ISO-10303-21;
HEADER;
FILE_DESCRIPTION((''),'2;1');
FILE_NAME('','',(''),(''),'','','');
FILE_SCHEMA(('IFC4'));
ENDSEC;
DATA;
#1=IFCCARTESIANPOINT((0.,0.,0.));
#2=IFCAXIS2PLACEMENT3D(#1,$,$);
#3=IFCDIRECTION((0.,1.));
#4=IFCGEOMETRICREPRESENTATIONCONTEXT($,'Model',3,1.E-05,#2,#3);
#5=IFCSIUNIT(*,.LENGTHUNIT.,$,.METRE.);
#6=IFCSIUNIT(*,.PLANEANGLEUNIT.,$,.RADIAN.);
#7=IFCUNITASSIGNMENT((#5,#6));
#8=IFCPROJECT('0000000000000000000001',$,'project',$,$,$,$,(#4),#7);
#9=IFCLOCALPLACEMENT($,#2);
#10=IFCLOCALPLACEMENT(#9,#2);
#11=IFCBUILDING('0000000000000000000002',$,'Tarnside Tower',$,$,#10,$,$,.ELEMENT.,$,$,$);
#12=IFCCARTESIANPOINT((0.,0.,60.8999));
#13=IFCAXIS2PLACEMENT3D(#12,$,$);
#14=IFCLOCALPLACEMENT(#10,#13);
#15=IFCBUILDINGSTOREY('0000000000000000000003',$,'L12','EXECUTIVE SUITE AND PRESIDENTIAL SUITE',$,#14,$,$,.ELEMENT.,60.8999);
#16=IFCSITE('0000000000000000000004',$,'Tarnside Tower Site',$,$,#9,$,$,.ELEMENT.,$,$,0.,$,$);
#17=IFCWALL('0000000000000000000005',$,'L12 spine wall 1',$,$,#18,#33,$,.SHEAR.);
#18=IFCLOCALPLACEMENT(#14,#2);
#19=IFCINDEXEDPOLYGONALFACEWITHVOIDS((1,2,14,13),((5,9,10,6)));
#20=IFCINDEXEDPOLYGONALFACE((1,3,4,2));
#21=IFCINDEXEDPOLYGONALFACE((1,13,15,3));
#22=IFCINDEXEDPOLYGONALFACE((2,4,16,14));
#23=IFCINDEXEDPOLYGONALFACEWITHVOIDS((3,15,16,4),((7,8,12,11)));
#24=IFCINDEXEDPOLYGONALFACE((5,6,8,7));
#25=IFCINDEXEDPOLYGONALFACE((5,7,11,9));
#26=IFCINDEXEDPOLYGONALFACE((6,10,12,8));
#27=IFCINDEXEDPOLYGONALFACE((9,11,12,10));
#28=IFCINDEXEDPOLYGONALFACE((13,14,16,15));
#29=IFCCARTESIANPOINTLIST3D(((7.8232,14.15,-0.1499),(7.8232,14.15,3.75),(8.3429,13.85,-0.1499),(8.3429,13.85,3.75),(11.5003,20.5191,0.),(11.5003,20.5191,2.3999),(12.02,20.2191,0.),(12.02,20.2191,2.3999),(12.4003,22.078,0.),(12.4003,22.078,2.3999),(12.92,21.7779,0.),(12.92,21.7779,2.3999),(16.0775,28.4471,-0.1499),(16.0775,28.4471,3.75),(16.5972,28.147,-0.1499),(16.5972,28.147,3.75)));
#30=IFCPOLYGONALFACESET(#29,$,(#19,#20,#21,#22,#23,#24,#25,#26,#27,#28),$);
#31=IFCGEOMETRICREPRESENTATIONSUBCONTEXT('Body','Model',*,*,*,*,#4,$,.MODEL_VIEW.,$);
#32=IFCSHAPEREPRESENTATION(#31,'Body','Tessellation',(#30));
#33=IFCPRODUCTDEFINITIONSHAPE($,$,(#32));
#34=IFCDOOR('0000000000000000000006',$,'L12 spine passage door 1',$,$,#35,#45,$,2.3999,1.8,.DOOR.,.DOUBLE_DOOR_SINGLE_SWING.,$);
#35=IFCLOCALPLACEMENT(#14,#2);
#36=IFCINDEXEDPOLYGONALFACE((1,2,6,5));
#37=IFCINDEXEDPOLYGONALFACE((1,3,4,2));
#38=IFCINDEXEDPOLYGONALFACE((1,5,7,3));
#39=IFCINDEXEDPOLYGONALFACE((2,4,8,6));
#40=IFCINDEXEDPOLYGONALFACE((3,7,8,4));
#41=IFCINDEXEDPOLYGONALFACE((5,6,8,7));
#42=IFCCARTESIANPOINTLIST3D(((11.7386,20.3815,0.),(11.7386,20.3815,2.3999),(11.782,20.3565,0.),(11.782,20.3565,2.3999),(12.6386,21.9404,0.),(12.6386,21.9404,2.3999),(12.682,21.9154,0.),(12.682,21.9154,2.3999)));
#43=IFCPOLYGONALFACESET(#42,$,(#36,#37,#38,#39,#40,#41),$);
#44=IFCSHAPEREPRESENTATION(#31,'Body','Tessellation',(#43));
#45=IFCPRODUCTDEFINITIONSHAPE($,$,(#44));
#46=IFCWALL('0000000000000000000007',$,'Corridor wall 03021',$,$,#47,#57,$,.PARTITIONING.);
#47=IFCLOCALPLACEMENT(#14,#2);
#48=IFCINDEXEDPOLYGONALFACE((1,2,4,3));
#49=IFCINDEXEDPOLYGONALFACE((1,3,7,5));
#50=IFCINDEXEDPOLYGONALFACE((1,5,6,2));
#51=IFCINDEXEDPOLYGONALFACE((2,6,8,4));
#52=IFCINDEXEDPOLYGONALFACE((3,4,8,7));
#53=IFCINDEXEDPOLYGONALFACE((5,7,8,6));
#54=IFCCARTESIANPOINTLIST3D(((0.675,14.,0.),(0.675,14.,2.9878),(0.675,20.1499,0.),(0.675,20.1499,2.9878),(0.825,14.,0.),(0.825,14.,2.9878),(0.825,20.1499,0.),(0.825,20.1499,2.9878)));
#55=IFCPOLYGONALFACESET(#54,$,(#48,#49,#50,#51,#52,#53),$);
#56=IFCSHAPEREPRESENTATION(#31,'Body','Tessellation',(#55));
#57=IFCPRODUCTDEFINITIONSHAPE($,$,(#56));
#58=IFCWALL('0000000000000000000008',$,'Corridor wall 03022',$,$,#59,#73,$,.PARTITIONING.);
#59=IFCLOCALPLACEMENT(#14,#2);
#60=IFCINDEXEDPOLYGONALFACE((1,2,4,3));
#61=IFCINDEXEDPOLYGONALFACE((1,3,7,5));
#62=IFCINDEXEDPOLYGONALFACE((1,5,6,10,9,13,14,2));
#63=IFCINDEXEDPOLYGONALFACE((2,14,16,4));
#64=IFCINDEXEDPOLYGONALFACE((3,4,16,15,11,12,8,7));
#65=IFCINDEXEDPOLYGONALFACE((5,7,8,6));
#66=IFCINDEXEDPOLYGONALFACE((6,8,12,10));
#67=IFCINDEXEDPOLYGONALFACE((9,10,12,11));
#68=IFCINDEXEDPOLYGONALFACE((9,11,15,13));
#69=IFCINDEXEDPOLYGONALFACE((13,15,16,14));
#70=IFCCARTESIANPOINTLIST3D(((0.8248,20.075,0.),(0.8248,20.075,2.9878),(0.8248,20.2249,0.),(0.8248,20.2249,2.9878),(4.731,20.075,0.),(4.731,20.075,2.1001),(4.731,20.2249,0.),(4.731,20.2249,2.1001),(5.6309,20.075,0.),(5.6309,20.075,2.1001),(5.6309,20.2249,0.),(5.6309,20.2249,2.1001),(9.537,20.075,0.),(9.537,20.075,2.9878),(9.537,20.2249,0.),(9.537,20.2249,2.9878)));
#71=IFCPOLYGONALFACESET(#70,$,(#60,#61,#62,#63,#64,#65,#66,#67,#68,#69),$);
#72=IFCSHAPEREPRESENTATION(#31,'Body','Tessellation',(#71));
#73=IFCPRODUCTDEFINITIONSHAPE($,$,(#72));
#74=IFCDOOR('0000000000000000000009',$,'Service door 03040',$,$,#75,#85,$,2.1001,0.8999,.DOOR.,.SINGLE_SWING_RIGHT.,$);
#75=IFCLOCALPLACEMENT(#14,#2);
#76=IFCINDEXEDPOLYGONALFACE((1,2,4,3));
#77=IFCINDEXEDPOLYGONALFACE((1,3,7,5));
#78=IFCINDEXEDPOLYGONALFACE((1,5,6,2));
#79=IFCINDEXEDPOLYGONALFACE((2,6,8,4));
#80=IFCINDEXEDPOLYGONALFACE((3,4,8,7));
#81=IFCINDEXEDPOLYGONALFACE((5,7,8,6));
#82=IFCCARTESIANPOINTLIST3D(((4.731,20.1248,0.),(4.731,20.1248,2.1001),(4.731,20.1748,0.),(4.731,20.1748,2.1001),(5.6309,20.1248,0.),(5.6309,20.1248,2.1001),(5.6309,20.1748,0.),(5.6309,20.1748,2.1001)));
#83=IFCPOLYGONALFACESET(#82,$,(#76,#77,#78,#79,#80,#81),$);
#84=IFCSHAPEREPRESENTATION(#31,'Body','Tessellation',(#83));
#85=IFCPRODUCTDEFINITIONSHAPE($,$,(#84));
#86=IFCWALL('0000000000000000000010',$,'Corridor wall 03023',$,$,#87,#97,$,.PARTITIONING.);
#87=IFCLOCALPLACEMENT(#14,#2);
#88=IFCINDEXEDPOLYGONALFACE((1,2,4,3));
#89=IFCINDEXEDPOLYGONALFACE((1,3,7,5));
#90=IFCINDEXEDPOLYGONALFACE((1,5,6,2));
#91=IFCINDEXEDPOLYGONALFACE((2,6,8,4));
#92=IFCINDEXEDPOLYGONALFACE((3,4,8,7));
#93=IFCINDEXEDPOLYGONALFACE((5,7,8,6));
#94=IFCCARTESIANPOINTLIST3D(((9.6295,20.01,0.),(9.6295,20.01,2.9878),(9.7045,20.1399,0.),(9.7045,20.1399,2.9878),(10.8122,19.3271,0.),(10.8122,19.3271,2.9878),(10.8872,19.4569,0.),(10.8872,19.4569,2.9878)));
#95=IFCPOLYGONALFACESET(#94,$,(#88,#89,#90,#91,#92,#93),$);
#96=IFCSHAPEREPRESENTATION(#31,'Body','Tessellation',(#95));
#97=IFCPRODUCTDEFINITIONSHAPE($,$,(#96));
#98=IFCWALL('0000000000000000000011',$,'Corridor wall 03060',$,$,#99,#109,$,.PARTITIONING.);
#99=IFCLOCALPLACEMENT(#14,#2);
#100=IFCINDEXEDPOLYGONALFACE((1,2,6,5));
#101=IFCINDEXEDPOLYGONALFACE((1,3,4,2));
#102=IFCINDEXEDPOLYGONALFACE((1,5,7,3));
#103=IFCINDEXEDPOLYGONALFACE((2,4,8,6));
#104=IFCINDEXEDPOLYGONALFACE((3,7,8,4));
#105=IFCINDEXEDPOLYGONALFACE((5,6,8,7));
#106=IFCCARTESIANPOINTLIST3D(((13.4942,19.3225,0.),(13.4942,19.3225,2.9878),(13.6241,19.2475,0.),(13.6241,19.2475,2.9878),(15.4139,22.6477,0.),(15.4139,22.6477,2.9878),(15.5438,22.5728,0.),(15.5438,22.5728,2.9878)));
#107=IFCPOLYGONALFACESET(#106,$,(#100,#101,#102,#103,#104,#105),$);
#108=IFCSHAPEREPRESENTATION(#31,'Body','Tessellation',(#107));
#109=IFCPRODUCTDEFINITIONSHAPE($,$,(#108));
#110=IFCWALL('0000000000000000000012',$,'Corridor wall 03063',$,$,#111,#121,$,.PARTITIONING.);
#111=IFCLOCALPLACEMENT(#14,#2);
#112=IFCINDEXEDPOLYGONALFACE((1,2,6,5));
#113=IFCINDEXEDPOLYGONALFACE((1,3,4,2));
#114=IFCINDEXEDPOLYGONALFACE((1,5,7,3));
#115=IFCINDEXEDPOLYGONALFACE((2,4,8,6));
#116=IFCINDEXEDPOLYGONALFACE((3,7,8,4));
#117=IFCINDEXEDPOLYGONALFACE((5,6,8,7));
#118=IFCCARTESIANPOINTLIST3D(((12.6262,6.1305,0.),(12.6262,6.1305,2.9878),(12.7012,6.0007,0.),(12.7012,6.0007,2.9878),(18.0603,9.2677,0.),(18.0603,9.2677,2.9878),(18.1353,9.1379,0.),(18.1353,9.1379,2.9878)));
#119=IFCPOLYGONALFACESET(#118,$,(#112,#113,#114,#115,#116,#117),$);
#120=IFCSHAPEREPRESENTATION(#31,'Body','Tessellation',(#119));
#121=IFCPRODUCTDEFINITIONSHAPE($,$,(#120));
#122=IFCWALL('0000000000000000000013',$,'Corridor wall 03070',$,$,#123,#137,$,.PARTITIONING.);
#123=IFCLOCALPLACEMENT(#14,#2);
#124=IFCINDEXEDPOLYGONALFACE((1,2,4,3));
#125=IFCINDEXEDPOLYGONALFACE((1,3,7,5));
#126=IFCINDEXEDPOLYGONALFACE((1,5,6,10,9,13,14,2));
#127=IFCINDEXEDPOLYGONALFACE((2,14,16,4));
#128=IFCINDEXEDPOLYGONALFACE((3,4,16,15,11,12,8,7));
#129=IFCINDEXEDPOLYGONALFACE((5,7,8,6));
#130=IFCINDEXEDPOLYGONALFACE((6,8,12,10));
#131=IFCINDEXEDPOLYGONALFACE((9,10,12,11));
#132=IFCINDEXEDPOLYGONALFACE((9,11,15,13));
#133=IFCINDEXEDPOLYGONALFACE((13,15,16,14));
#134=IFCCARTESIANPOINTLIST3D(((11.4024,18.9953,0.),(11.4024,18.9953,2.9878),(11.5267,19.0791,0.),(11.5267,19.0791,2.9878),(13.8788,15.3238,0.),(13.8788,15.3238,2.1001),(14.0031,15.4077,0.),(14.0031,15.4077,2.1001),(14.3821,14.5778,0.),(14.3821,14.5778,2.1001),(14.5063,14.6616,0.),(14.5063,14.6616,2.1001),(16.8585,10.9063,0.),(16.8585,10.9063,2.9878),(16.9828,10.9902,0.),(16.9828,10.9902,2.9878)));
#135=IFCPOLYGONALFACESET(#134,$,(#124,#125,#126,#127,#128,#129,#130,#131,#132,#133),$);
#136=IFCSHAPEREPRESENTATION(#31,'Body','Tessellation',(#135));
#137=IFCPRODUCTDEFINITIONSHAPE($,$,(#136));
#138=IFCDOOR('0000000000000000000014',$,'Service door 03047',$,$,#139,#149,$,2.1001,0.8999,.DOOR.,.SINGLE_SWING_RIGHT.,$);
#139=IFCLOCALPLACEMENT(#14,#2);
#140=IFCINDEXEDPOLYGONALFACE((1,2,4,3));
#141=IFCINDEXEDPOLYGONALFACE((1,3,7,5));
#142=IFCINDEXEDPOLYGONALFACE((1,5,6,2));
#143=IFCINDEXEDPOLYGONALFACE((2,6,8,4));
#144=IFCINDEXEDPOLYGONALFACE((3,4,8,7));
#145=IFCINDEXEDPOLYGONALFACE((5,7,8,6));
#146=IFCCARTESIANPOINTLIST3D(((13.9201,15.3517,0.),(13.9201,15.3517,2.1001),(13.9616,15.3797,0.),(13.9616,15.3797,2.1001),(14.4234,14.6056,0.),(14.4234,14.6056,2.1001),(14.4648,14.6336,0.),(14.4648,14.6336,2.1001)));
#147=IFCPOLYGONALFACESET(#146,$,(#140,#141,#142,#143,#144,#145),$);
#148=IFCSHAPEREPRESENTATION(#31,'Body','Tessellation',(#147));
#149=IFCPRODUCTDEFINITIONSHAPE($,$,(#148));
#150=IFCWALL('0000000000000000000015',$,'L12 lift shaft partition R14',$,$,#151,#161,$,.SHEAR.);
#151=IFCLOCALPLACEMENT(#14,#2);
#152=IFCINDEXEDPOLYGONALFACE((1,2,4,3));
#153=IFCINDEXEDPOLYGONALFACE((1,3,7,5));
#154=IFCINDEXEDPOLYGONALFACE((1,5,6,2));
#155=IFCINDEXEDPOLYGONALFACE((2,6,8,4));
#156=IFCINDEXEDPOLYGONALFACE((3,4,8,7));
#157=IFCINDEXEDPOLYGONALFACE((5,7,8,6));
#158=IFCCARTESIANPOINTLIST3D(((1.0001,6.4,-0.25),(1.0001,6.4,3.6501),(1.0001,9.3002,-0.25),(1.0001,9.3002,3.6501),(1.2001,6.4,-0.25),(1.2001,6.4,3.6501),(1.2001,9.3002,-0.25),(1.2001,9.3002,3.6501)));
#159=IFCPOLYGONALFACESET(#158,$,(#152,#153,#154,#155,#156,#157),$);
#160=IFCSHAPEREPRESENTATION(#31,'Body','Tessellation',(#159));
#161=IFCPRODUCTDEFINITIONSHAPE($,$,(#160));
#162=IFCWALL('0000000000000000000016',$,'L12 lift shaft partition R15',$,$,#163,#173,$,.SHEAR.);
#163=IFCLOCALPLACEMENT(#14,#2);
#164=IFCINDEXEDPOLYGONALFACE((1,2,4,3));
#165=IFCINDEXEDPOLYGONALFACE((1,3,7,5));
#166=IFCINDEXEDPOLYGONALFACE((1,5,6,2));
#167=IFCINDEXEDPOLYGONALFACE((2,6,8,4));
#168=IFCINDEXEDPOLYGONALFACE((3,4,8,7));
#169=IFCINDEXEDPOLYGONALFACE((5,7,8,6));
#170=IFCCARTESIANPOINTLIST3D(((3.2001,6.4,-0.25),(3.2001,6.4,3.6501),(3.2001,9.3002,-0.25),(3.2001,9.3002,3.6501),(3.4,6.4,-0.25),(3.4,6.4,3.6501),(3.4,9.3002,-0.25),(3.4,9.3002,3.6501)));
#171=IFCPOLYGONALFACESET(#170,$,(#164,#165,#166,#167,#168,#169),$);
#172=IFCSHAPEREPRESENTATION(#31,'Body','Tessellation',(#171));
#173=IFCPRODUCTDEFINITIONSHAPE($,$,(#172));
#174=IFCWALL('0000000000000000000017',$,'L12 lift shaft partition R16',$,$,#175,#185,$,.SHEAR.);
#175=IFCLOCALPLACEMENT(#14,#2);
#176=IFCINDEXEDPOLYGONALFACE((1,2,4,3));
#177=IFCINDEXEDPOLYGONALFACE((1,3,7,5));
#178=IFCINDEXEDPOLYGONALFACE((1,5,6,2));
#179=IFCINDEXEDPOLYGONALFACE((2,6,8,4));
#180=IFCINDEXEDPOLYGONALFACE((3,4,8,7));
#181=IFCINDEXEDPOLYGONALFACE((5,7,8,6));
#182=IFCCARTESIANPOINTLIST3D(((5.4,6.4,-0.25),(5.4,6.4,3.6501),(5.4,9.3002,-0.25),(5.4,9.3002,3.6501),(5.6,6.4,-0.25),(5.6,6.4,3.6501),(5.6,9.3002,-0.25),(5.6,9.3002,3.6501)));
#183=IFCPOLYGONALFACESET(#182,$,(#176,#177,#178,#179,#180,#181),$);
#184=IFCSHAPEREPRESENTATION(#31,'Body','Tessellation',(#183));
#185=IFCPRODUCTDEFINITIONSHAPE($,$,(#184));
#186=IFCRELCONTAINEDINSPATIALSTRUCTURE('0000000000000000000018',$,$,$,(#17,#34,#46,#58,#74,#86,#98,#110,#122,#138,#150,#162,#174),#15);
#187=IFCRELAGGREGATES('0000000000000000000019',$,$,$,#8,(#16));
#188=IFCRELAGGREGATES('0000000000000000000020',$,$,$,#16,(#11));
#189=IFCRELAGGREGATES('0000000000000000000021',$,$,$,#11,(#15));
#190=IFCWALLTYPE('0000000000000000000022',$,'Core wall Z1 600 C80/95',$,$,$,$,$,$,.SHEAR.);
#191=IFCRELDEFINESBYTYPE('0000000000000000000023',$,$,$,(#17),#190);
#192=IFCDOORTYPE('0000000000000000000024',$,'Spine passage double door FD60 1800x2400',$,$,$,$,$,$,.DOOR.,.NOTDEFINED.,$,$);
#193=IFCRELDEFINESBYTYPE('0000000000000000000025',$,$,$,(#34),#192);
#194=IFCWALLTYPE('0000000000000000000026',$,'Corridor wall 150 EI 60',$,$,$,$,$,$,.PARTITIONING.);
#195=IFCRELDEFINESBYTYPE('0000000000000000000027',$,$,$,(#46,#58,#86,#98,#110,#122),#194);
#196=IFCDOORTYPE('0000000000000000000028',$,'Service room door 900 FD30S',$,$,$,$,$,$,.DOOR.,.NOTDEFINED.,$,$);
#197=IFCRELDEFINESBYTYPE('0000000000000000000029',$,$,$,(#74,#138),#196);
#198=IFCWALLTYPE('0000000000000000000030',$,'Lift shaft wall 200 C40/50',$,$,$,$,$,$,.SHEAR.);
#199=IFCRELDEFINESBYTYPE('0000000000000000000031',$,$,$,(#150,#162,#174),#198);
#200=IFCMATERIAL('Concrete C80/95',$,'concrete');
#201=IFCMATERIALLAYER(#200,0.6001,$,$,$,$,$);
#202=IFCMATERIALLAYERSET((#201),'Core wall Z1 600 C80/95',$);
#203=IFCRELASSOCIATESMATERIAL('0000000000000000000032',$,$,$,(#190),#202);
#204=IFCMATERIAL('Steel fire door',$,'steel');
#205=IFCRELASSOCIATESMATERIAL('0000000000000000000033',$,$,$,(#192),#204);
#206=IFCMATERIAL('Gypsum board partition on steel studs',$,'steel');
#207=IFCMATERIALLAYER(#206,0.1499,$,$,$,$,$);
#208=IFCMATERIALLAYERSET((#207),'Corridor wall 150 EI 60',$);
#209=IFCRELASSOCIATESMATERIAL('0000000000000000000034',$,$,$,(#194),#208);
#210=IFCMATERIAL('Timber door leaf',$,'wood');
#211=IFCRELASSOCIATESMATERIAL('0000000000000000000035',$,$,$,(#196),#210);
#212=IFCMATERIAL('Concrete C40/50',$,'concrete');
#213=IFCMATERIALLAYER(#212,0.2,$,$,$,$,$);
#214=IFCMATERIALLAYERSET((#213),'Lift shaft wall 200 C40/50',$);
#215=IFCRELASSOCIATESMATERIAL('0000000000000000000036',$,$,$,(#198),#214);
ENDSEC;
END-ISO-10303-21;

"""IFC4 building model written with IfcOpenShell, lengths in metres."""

from ifc_helpers import new_model, si_unit, direction, frame, frame_2d, origin, place, context, subcontext, project, spatial, rectangle, extrude, material, layer, layer_set, type_object, element, fill, save


model = new_model("IFC4")

# Units and contexts
model_context = context("Model", 3, precision=1e-05, world=origin(), true_north=direction((0.0, 1.0)))
body_context = subcontext(model_context, "Body", "Model", "MODEL_VIEW")
ifc_project = project(units=[si_unit("LENGTHUNIT", "METRE"), si_unit("PLANEANGLEUNIT", "RADIAN")], contexts=[model_context])

# Site, building, storey
site_placement = place(None, origin())
site = spatial("IfcSite", under=ifc_project, at=site_placement, Name="Tarnside Tower Site", CompositionType="ELEMENT", RefElevation=0.0)
building_placement = place(site_placement, origin())
building = spatial("IfcBuilding", under=site, at=building_placement, Name="Tarnside Tower", CompositionType="ELEMENT")
storey_placement = place(building_placement, frame((0.0, 0.0, 60.8999)))
storey = spatial("IfcBuildingStorey", under=building, at=storey_placement, Name="L12", Description="EXECUTIVE SUITE AND PRESIDENTIAL SUITE", CompositionType="ELEMENT", Elevation=60.8999)

# Shared definitions
ifc_material_1 = material(Name="Concrete C40/50", Category="concrete")

# Shared definitions
ifc_material_2 = material(Name="Gypsum board partition on steel studs", Category="steel")
ifc_material_3 = material(Name="Timber door leaf", Category="wood")
ifc_material_4 = material(Name="Steel fire door", Category="steel")

# Wall, opening, door
ifc_material_5 = material(Name="Concrete C80/95", Category="concrete")
ifc_layer_1 = layer(ifc_material_5, 0.6001)
ifc_layer_set_1 = layer_set([ifc_layer_1], Name="Core wall Z1 600 C80/95")
wall_type_1 = type_object("IfcWallType", Name="Core wall Z1 600 C80/95", PredefinedType="SHEAR", material=ifc_layer_set_1)
wall_1_placement = place(storey_placement, frame((8.083, 14.0, -0.1499), z_axis=(0.0, 0.0, 1.0), x_axis=(0.499998, 0.866027, 0.0)))
wall_1 = element("IfcWall", 1, at=wall_1_placement, inside=storey, type_object=wall_type_1, Name="L12 spine wall 1", PredefinedType="SHEAR", context=body_context, shape_type="SweptSolid", body=[
    extrude(rectangle(XDim=16.5088, YDim=0.6001, at=frame_2d((8.2544, 0.0))), origin(), (0.0, 0.0, 1.0), 3.8999),
])
opening_1_placement = place(wall_1_placement, frame((7.3545, 0.0, 0.1499)))
opening_1 = element("IfcOpeningElement", 2, at=opening_1_placement, cuts=wall_1, PredefinedType="OPENING", context=body_context, shape_type="SweptSolid", body=[
    extrude(rectangle(XDim=1.8, YDim=2.3999, at=frame_2d((0.8999, 1.2))), frame((0.0, 0.3101, 0.0), z_axis=(0.0, -1.0, 0.0), x_axis=(1.0, 0.0, 0.0)), (0.0, 0.0, 1.0), 0.6201),
])
door_type_1 = type_object("IfcDoorType", Name="Spine passage double door FD60 1800x2400", OperationType="NOTDEFINED", PredefinedType="DOOR", material=ifc_material_4)
door_1_placement = place(opening_1_placement, origin())
door_1 = element("IfcDoor", 3, at=door_1_placement, inside=storey, type_object=door_type_1, Name="L12 spine passage door 1", OperationType="DOUBLE_DOOR_SINGLE_SWING", OverallHeight=2.3999, OverallWidth=1.8, PredefinedType="DOOR", context=body_context, shape_type="SweptSolid", body=[
    extrude(rectangle(XDim=1.8, YDim=2.3999, at=frame_2d((0.8999, 1.2))), frame((0.0, 0.0249, 0.0), z_axis=(0.0, -1.0, 0.0), x_axis=(1.0, 0.0, 0.0)), (0.0, 0.0, 1.0), 0.05),
])
fill(opening_1, door_1)

# Wall
ifc_layer_2 = layer(ifc_material_2, 0.1499)
ifc_layer_set_2 = layer_set([ifc_layer_2], Name="Corridor wall 150 EI 60")
wall_type_2 = type_object("IfcWallType", Name="Corridor wall 150 EI 60", PredefinedType="PARTITIONING", material=ifc_layer_set_2)
wall_2_placement = place(storey_placement, frame((0.75, 14.0, 0.0), z_axis=(0.0, 0.0, 1.0), x_axis=(0.0, 1.0, 0.0)))
element("IfcWall", 4, at=wall_2_placement, inside=storey, type_object=wall_type_2, Name="Corridor wall 03021", PredefinedType="PARTITIONING", context=body_context, shape_type="SweptSolid", body=[
    extrude(rectangle(XDim=6.1499, YDim=0.1499, at=frame_2d((3.075, 0.0))), origin(), (0.0, 0.0, 1.0), 2.9878),
])

# Wall, opening, door
wall_3_placement = place(storey_placement, frame((0.825, 20.1499, 0.0), z_axis=(0.0, 0.0, 1.0), x_axis=(1.0, 0.0, 0.0)))
wall_3 = element("IfcWall", 5, at=wall_3_placement, inside=storey, type_object=wall_type_2, Name="Corridor wall 03022", PredefinedType="PARTITIONING", context=body_context, shape_type="SweptSolid", body=[
    extrude(rectangle(XDim=8.7122, YDim=0.1499, at=frame_2d((4.356, 0.0))), origin(), (0.0, 0.0, 1.0), 2.9878),
])
opening_2_placement = place(wall_3_placement, frame((3.906, 0.0, 0.0)))
opening_2 = element("IfcOpeningElement", 6, at=opening_2_placement, cuts=wall_3, PredefinedType="OPENING", context=body_context, shape_type="SweptSolid", body=[
    extrude(rectangle(XDim=0.8999, YDim=2.1001, at=frame_2d((0.45, 1.05))), frame((0.0, 0.085, 0.0), z_axis=(0.0, -1.0, 0.0), x_axis=(1.0, 0.0, 0.0)), (0.0, 0.0, 1.0), 0.1699),
])
door_type_2 = type_object("IfcDoorType", Name="Service room door 900 FD30S", OperationType="NOTDEFINED", PredefinedType="DOOR", material=ifc_material_3)
door_2_placement = place(opening_2_placement, origin())
door_2 = element("IfcDoor", 7, at=door_2_placement, inside=storey, type_object=door_type_2, Name="Service door 03040", OperationType="SINGLE_SWING_RIGHT", OverallHeight=2.1001, OverallWidth=0.8999, PredefinedType="DOOR", context=body_context, shape_type="SweptSolid", body=[
    extrude(rectangle(XDim=0.8999, YDim=2.1001, at=frame_2d((0.45, 1.05))), frame((0.0, 0.0249, 0.0), z_axis=(0.0, -1.0, 0.0), x_axis=(1.0, 0.0, 0.0)), (0.0, 0.0, 1.0), 0.05),
])
fill(opening_2, door_2)

# Walls
wall_4_placement = place(storey_placement, frame((9.667, 20.075, 0.0), z_axis=(0.0, 0.0, 1.0), x_axis=(0.866001, -0.500042, 0.0)))
element("IfcWall", 8, at=wall_4_placement, inside=storey, type_object=wall_type_2, Name="Corridor wall 03023", PredefinedType="PARTITIONING", context=body_context, shape_type="SweptSolid", body=[
    extrude(rectangle(XDim=1.3657, YDim=0.1499, at=frame_2d((0.6829, 0.0))), origin(), (0.0, 0.0, 1.0), 2.9878),
])
wall_5_placement = place(storey_placement, frame((13.5591, 19.2849, 0.0), z_axis=(0.0, 0.0, 1.0), x_axis=(0.499976, 0.866039, 0.0)))
element("IfcWall", 9, at=wall_5_placement, inside=storey, type_object=wall_type_2, Name="Corridor wall 03060", PredefinedType="PARTITIONING", context=body_context, shape_type="SweptSolid", body=[
    extrude(rectangle(XDim=3.8396, YDim=0.1499, at=frame_2d((1.9199, 0.0))), origin(), (0.0, 0.0, 1.0), 2.9878),
])
wall_6_placement = place(storey_placement, frame((12.6638, 6.0657, 0.0), z_axis=(0.0, 0.0, 1.0), x_axis=(0.866037, 0.499981, 0.0)))
element("IfcWall", 10, at=wall_6_placement, inside=storey, type_object=wall_type_2, Name="Corridor wall 03063", PredefinedType="PARTITIONING", context=body_context, shape_type="SweptSolid", body=[
    extrude(rectangle(XDim=6.2747, YDim=0.1499, at=frame_2d((3.1372, 0.0))), origin(), (0.0, 0.0, 1.0), 2.9878),
])

# Wall, opening, door
wall_7_placement = place(storey_placement, frame((11.4646, 19.0371, 0.0), z_axis=(0.0, 0.0, 1.0), x_axis=(0.559196, -0.829035, 0.0)))
wall_7 = element("IfcWall", 11, at=wall_7_placement, inside=storey, type_object=wall_type_2, Name="Corridor wall 03070", PredefinedType="PARTITIONING", context=body_context, shape_type="SweptSolid", body=[
    extrude(rectangle(XDim=9.7571, YDim=0.1499, at=frame_2d((4.8784, 0.0))), origin(), (0.0, 0.0, 1.0), 2.9878),
])
opening_3_placement = place(wall_7_placement, frame((4.4285, 0.0, 0.0)))
opening_3 = element("IfcOpeningElement", 12, at=opening_3_placement, cuts=wall_7, PredefinedType="OPENING", context=body_context, shape_type="SweptSolid", body=[
    extrude(rectangle(XDim=0.8999, YDim=2.1001, at=frame_2d((0.45, 1.05))), frame((0.0, 0.085, 0.0), z_axis=(0.0, -1.0, 0.0), x_axis=(1.0, 0.0, 0.0)), (0.0, 0.0, 1.0), 0.1699),
])
door_3_placement = place(opening_3_placement, origin())
door_3 = element("IfcDoor", 13, at=door_3_placement, inside=storey, type_object=door_type_2, Name="Service door 03047", OperationType="SINGLE_SWING_RIGHT", OverallHeight=2.1001, OverallWidth=0.8999, PredefinedType="DOOR", context=body_context, shape_type="SweptSolid", body=[
    extrude(rectangle(XDim=0.8999, YDim=2.1001, at=frame_2d((0.45, 1.05))), frame((0.0, 0.0249, 0.0), z_axis=(0.0, -1.0, 0.0), x_axis=(1.0, 0.0, 0.0)), (0.0, 0.0, 1.0), 0.05),
])
fill(opening_3, door_3)

# Walls
ifc_layer_3 = layer(ifc_material_1, 0.2)
ifc_layer_set_3 = layer_set([ifc_layer_3], Name="Lift shaft wall 200 C40/50")
wall_type_3 = type_object("IfcWallType", Name="Lift shaft wall 200 C40/50", PredefinedType="SHEAR", material=ifc_layer_set_3)
for number, where, z_axis, x_axis, name in (
    (14, (1.1001, 6.3999, -0.25), (0.0, 0.0, 1.0), (0.0, 1.0, 0.0), "L12 lift shaft partition R14"),
    (15, (3.3, 6.3999, -0.25), (0.0, 0.0, 1.0), (0.0, 1.0, 0.0), "L12 lift shaft partition R15"),
    (16, (5.5, 6.3999, -0.25), (0.0, 0.0, 1.0), (0.0, 1.0, 0.0), "L12 lift shaft partition R16"),
):
    element("IfcWall", number, at=place(storey_placement, frame(where, z_axis=z_axis, x_axis=x_axis)), inside=storey, type_object=wall_type_3, Name=name, PredefinedType="SHEAR", context=body_context, shape_type="SweptSolid", body=[
        extrude(rectangle(XDim=2.9001, YDim=0.2, at=frame_2d((1.4502, 0.0))), origin(), (0.0, 0.0, 1.0), 3.9001),
    ])

save(model, "model.ifc")
